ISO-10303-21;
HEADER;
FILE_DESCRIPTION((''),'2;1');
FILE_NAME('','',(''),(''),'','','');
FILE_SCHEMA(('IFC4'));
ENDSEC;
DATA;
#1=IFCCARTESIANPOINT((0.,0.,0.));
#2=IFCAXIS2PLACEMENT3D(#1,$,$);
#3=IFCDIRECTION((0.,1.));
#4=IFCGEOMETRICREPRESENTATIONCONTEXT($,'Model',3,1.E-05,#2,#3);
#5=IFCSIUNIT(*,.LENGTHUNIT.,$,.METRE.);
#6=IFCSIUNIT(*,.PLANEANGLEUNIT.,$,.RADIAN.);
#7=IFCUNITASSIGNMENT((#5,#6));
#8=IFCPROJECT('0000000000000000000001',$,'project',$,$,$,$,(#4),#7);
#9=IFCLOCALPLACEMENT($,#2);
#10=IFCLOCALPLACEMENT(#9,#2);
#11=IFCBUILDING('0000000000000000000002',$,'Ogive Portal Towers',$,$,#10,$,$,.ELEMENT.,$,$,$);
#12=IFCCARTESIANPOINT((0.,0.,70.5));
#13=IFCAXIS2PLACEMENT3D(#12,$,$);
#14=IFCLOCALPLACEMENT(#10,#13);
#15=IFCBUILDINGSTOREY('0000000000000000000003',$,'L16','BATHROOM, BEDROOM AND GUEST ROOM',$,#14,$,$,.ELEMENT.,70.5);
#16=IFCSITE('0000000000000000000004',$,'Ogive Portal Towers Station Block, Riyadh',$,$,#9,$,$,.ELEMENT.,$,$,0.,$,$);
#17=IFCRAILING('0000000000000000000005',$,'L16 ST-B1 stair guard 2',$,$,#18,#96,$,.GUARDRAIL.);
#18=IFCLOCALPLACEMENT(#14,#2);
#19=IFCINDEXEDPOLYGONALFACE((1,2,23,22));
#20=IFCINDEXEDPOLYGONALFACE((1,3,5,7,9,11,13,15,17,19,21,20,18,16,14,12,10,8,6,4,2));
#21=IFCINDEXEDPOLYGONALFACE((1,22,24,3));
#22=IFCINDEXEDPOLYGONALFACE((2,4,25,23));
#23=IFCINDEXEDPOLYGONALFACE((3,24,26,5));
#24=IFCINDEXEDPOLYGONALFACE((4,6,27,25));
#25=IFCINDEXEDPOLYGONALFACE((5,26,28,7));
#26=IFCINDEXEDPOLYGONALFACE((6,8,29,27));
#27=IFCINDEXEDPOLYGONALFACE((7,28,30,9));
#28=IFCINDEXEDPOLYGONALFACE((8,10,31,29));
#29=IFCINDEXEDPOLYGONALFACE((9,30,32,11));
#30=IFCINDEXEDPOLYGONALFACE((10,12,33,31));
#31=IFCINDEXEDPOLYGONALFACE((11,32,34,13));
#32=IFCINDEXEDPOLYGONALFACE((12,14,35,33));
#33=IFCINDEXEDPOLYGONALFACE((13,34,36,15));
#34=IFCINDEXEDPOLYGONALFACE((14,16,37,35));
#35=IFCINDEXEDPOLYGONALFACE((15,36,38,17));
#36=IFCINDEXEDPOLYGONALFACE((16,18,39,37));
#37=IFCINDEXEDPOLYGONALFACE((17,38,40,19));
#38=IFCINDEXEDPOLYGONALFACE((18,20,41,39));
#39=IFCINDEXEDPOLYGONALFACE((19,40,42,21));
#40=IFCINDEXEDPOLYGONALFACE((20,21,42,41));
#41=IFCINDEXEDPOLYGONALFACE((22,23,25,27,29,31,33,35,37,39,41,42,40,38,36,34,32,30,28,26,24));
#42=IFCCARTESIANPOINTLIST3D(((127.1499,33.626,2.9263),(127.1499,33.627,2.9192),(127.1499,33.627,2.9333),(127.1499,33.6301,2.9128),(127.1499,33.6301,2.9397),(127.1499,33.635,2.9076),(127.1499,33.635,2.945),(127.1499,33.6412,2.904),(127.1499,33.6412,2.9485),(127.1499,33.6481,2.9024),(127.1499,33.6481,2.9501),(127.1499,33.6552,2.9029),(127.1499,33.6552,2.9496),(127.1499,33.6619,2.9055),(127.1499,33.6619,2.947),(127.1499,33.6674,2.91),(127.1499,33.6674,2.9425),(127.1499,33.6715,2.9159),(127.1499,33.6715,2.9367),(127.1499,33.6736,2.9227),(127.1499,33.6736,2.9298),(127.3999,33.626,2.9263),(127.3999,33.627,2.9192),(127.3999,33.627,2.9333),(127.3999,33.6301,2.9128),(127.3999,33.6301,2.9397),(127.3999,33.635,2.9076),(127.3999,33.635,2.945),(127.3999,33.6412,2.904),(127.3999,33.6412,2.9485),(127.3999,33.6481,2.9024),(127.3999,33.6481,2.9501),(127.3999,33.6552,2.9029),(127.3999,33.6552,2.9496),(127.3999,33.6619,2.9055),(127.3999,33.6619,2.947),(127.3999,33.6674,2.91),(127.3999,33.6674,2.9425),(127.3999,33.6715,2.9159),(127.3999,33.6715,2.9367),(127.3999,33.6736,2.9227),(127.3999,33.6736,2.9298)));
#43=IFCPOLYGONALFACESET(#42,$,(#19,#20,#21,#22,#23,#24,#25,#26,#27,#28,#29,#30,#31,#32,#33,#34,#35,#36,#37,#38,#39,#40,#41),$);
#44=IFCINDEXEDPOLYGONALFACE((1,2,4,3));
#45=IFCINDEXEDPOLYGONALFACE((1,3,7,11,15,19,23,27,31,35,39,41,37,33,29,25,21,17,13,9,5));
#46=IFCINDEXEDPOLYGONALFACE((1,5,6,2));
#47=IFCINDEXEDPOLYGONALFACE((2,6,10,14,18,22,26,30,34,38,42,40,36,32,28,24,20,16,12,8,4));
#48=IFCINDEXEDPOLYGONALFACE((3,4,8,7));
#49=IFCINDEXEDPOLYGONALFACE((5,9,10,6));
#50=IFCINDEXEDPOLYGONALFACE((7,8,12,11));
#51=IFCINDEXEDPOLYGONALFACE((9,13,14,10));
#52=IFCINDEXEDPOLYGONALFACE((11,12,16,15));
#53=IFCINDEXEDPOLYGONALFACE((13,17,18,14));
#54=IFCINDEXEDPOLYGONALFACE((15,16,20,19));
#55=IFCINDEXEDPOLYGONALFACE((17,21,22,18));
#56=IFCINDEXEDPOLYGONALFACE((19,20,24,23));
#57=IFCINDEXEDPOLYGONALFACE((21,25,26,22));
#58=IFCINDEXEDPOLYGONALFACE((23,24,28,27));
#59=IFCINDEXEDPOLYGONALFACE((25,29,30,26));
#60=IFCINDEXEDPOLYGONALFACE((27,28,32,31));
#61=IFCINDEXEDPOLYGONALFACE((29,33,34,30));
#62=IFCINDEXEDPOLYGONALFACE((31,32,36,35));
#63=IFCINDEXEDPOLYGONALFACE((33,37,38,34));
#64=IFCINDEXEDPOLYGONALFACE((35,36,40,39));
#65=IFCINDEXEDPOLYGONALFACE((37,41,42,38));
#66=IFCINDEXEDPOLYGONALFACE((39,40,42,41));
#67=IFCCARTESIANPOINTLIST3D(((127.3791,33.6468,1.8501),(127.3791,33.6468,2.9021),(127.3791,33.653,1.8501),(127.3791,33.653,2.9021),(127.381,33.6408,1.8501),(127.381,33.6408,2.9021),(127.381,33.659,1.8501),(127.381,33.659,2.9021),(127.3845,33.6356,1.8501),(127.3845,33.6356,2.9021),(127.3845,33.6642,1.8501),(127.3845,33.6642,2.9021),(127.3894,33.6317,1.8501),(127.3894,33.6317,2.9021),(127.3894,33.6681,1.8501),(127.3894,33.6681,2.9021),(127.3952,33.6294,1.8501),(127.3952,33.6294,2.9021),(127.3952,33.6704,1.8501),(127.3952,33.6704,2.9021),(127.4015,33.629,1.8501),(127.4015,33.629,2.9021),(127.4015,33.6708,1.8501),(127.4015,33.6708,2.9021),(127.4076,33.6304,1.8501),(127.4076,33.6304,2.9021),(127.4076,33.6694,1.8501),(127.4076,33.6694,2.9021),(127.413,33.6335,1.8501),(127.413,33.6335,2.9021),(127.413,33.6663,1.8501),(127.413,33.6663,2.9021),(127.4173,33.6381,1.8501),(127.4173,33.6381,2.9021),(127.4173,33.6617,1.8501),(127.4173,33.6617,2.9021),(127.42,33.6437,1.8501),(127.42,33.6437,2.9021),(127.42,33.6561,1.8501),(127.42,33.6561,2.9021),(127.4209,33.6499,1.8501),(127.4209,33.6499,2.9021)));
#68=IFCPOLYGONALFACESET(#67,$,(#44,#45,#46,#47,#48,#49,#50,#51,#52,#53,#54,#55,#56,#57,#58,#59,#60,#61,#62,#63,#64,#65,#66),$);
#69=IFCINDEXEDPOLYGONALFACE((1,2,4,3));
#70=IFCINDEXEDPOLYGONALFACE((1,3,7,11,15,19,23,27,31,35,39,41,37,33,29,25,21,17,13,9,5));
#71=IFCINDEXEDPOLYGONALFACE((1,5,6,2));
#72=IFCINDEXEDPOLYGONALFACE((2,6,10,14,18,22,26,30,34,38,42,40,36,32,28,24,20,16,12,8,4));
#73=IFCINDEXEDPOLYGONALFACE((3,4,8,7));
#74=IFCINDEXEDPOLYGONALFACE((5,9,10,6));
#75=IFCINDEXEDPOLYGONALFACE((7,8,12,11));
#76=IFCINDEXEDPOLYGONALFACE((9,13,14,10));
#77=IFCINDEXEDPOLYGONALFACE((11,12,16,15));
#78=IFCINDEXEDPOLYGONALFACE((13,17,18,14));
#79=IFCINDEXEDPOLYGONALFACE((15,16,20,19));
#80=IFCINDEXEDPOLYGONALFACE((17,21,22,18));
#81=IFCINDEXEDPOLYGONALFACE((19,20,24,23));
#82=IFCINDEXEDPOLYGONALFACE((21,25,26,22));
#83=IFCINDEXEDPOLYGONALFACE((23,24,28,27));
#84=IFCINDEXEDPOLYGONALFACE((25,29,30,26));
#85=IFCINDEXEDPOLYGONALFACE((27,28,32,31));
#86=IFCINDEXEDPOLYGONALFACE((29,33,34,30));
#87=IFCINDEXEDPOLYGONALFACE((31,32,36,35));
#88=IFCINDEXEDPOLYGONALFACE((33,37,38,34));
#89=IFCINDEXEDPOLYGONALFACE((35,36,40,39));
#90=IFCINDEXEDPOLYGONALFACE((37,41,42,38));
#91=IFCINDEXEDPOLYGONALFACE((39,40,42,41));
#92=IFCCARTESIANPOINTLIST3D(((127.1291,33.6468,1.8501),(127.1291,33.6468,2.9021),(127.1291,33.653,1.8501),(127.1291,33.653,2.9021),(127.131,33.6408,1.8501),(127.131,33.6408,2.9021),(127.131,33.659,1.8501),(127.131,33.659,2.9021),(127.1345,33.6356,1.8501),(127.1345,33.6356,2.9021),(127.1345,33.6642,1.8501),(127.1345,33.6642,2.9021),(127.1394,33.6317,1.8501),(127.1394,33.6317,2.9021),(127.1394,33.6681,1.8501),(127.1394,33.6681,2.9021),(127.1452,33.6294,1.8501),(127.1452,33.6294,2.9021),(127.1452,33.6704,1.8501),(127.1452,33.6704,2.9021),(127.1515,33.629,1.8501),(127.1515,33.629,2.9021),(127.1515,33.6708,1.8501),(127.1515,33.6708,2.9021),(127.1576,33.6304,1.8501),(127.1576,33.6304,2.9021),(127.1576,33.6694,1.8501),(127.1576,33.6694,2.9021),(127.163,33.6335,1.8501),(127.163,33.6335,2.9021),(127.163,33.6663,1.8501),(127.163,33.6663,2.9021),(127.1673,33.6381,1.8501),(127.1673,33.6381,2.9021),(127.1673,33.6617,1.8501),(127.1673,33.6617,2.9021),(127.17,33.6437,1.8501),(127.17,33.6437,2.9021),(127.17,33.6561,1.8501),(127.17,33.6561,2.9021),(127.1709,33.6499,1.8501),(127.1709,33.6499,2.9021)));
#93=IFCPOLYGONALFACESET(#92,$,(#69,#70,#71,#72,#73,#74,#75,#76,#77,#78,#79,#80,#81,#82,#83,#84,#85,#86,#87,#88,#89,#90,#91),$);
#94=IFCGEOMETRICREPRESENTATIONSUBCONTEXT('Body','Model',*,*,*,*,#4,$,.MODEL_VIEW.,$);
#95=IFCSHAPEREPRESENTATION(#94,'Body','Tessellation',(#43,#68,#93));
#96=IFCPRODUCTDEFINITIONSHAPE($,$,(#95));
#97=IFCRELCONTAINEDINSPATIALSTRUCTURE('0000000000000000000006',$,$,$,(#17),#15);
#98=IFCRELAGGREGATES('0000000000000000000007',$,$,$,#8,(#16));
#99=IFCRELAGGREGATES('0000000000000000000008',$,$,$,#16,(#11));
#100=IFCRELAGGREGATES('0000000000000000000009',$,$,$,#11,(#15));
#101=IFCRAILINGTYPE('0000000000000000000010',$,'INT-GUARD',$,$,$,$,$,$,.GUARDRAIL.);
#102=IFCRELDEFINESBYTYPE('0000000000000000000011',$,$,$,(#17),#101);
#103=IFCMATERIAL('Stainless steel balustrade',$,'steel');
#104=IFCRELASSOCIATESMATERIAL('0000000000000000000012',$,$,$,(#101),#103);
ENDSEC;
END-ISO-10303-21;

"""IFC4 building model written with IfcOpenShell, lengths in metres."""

from ifc_helpers import new_model, si_unit, direction, frame, origin, origin_2d, place, context, subcontext, project, spatial, circle, extrude, material, type_object, element, save


model = new_model("IFC4")

# Units and contexts
model_context = context("Model", 3, precision=1e-05, world=origin(), true_north=direction((0.0, 1.0)))
body_context = subcontext(model_context, "Body", "Model", "MODEL_VIEW")
ifc_project = project(units=[si_unit("LENGTHUNIT", "METRE"), si_unit("PLANEANGLEUNIT", "RADIAN")], contexts=[model_context])

# Site, building, storey
site_placement = place(None, origin())
site = spatial("IfcSite", under=ifc_project, at=site_placement, Name="Ogive Portal Towers Station Block, Riyadh", CompositionType="ELEMENT", RefElevation=0.0)
building_placement = place(site_placement, origin())
building = spatial("IfcBuilding", under=site, at=building_placement, Name="Ogive Portal Towers", CompositionType="ELEMENT")
storey_placement = place(building_placement, frame((0.0, 0.0, 70.5)))
storey = spatial("IfcBuildingStorey", under=building, at=storey_placement, Name="L16", Description="BATHROOM, BEDROOM AND GUEST ROOM", CompositionType="ELEMENT", Elevation=70.5)

# Railing
ifc_material_1 = material(Name="Stainless steel balustrade", Category="steel")
railing_type_1 = type_object("IfcRailingType", Name="INT-GUARD", PredefinedType="GUARDRAIL", material=ifc_material_1)
railing_1_placement = place(storey_placement, frame((127.3999, 33.6499, 1.8501)))
element("IfcRailing", 1, at=railing_1_placement, inside=storey, type_object=railing_type_1, Name="L16 ST-B1 stair guard 2", PredefinedType="GUARDRAIL", context=body_context, shape_type="SweptSolid", body=[
    extrude(circle(Radius=0.0239, at=origin_2d()), frame((0.0, 0.0, 1.0762), z_axis=(-1.0, 0.0, 0.0), x_axis=(0.0, -1.0, 0.0)), (0.0, 0.0, 1.0), 0.25),
    extrude(circle(Radius=0.021, at=origin_2d()), origin(), (0.0, 0.0, 1.0), 1.052),
    extrude(circle(Radius=0.021, at=origin_2d()), frame((-0.25, 0.0, 0.0)), (0.0, 0.0, 1.0), 1.052),
])

save(model, "model.ifc")
